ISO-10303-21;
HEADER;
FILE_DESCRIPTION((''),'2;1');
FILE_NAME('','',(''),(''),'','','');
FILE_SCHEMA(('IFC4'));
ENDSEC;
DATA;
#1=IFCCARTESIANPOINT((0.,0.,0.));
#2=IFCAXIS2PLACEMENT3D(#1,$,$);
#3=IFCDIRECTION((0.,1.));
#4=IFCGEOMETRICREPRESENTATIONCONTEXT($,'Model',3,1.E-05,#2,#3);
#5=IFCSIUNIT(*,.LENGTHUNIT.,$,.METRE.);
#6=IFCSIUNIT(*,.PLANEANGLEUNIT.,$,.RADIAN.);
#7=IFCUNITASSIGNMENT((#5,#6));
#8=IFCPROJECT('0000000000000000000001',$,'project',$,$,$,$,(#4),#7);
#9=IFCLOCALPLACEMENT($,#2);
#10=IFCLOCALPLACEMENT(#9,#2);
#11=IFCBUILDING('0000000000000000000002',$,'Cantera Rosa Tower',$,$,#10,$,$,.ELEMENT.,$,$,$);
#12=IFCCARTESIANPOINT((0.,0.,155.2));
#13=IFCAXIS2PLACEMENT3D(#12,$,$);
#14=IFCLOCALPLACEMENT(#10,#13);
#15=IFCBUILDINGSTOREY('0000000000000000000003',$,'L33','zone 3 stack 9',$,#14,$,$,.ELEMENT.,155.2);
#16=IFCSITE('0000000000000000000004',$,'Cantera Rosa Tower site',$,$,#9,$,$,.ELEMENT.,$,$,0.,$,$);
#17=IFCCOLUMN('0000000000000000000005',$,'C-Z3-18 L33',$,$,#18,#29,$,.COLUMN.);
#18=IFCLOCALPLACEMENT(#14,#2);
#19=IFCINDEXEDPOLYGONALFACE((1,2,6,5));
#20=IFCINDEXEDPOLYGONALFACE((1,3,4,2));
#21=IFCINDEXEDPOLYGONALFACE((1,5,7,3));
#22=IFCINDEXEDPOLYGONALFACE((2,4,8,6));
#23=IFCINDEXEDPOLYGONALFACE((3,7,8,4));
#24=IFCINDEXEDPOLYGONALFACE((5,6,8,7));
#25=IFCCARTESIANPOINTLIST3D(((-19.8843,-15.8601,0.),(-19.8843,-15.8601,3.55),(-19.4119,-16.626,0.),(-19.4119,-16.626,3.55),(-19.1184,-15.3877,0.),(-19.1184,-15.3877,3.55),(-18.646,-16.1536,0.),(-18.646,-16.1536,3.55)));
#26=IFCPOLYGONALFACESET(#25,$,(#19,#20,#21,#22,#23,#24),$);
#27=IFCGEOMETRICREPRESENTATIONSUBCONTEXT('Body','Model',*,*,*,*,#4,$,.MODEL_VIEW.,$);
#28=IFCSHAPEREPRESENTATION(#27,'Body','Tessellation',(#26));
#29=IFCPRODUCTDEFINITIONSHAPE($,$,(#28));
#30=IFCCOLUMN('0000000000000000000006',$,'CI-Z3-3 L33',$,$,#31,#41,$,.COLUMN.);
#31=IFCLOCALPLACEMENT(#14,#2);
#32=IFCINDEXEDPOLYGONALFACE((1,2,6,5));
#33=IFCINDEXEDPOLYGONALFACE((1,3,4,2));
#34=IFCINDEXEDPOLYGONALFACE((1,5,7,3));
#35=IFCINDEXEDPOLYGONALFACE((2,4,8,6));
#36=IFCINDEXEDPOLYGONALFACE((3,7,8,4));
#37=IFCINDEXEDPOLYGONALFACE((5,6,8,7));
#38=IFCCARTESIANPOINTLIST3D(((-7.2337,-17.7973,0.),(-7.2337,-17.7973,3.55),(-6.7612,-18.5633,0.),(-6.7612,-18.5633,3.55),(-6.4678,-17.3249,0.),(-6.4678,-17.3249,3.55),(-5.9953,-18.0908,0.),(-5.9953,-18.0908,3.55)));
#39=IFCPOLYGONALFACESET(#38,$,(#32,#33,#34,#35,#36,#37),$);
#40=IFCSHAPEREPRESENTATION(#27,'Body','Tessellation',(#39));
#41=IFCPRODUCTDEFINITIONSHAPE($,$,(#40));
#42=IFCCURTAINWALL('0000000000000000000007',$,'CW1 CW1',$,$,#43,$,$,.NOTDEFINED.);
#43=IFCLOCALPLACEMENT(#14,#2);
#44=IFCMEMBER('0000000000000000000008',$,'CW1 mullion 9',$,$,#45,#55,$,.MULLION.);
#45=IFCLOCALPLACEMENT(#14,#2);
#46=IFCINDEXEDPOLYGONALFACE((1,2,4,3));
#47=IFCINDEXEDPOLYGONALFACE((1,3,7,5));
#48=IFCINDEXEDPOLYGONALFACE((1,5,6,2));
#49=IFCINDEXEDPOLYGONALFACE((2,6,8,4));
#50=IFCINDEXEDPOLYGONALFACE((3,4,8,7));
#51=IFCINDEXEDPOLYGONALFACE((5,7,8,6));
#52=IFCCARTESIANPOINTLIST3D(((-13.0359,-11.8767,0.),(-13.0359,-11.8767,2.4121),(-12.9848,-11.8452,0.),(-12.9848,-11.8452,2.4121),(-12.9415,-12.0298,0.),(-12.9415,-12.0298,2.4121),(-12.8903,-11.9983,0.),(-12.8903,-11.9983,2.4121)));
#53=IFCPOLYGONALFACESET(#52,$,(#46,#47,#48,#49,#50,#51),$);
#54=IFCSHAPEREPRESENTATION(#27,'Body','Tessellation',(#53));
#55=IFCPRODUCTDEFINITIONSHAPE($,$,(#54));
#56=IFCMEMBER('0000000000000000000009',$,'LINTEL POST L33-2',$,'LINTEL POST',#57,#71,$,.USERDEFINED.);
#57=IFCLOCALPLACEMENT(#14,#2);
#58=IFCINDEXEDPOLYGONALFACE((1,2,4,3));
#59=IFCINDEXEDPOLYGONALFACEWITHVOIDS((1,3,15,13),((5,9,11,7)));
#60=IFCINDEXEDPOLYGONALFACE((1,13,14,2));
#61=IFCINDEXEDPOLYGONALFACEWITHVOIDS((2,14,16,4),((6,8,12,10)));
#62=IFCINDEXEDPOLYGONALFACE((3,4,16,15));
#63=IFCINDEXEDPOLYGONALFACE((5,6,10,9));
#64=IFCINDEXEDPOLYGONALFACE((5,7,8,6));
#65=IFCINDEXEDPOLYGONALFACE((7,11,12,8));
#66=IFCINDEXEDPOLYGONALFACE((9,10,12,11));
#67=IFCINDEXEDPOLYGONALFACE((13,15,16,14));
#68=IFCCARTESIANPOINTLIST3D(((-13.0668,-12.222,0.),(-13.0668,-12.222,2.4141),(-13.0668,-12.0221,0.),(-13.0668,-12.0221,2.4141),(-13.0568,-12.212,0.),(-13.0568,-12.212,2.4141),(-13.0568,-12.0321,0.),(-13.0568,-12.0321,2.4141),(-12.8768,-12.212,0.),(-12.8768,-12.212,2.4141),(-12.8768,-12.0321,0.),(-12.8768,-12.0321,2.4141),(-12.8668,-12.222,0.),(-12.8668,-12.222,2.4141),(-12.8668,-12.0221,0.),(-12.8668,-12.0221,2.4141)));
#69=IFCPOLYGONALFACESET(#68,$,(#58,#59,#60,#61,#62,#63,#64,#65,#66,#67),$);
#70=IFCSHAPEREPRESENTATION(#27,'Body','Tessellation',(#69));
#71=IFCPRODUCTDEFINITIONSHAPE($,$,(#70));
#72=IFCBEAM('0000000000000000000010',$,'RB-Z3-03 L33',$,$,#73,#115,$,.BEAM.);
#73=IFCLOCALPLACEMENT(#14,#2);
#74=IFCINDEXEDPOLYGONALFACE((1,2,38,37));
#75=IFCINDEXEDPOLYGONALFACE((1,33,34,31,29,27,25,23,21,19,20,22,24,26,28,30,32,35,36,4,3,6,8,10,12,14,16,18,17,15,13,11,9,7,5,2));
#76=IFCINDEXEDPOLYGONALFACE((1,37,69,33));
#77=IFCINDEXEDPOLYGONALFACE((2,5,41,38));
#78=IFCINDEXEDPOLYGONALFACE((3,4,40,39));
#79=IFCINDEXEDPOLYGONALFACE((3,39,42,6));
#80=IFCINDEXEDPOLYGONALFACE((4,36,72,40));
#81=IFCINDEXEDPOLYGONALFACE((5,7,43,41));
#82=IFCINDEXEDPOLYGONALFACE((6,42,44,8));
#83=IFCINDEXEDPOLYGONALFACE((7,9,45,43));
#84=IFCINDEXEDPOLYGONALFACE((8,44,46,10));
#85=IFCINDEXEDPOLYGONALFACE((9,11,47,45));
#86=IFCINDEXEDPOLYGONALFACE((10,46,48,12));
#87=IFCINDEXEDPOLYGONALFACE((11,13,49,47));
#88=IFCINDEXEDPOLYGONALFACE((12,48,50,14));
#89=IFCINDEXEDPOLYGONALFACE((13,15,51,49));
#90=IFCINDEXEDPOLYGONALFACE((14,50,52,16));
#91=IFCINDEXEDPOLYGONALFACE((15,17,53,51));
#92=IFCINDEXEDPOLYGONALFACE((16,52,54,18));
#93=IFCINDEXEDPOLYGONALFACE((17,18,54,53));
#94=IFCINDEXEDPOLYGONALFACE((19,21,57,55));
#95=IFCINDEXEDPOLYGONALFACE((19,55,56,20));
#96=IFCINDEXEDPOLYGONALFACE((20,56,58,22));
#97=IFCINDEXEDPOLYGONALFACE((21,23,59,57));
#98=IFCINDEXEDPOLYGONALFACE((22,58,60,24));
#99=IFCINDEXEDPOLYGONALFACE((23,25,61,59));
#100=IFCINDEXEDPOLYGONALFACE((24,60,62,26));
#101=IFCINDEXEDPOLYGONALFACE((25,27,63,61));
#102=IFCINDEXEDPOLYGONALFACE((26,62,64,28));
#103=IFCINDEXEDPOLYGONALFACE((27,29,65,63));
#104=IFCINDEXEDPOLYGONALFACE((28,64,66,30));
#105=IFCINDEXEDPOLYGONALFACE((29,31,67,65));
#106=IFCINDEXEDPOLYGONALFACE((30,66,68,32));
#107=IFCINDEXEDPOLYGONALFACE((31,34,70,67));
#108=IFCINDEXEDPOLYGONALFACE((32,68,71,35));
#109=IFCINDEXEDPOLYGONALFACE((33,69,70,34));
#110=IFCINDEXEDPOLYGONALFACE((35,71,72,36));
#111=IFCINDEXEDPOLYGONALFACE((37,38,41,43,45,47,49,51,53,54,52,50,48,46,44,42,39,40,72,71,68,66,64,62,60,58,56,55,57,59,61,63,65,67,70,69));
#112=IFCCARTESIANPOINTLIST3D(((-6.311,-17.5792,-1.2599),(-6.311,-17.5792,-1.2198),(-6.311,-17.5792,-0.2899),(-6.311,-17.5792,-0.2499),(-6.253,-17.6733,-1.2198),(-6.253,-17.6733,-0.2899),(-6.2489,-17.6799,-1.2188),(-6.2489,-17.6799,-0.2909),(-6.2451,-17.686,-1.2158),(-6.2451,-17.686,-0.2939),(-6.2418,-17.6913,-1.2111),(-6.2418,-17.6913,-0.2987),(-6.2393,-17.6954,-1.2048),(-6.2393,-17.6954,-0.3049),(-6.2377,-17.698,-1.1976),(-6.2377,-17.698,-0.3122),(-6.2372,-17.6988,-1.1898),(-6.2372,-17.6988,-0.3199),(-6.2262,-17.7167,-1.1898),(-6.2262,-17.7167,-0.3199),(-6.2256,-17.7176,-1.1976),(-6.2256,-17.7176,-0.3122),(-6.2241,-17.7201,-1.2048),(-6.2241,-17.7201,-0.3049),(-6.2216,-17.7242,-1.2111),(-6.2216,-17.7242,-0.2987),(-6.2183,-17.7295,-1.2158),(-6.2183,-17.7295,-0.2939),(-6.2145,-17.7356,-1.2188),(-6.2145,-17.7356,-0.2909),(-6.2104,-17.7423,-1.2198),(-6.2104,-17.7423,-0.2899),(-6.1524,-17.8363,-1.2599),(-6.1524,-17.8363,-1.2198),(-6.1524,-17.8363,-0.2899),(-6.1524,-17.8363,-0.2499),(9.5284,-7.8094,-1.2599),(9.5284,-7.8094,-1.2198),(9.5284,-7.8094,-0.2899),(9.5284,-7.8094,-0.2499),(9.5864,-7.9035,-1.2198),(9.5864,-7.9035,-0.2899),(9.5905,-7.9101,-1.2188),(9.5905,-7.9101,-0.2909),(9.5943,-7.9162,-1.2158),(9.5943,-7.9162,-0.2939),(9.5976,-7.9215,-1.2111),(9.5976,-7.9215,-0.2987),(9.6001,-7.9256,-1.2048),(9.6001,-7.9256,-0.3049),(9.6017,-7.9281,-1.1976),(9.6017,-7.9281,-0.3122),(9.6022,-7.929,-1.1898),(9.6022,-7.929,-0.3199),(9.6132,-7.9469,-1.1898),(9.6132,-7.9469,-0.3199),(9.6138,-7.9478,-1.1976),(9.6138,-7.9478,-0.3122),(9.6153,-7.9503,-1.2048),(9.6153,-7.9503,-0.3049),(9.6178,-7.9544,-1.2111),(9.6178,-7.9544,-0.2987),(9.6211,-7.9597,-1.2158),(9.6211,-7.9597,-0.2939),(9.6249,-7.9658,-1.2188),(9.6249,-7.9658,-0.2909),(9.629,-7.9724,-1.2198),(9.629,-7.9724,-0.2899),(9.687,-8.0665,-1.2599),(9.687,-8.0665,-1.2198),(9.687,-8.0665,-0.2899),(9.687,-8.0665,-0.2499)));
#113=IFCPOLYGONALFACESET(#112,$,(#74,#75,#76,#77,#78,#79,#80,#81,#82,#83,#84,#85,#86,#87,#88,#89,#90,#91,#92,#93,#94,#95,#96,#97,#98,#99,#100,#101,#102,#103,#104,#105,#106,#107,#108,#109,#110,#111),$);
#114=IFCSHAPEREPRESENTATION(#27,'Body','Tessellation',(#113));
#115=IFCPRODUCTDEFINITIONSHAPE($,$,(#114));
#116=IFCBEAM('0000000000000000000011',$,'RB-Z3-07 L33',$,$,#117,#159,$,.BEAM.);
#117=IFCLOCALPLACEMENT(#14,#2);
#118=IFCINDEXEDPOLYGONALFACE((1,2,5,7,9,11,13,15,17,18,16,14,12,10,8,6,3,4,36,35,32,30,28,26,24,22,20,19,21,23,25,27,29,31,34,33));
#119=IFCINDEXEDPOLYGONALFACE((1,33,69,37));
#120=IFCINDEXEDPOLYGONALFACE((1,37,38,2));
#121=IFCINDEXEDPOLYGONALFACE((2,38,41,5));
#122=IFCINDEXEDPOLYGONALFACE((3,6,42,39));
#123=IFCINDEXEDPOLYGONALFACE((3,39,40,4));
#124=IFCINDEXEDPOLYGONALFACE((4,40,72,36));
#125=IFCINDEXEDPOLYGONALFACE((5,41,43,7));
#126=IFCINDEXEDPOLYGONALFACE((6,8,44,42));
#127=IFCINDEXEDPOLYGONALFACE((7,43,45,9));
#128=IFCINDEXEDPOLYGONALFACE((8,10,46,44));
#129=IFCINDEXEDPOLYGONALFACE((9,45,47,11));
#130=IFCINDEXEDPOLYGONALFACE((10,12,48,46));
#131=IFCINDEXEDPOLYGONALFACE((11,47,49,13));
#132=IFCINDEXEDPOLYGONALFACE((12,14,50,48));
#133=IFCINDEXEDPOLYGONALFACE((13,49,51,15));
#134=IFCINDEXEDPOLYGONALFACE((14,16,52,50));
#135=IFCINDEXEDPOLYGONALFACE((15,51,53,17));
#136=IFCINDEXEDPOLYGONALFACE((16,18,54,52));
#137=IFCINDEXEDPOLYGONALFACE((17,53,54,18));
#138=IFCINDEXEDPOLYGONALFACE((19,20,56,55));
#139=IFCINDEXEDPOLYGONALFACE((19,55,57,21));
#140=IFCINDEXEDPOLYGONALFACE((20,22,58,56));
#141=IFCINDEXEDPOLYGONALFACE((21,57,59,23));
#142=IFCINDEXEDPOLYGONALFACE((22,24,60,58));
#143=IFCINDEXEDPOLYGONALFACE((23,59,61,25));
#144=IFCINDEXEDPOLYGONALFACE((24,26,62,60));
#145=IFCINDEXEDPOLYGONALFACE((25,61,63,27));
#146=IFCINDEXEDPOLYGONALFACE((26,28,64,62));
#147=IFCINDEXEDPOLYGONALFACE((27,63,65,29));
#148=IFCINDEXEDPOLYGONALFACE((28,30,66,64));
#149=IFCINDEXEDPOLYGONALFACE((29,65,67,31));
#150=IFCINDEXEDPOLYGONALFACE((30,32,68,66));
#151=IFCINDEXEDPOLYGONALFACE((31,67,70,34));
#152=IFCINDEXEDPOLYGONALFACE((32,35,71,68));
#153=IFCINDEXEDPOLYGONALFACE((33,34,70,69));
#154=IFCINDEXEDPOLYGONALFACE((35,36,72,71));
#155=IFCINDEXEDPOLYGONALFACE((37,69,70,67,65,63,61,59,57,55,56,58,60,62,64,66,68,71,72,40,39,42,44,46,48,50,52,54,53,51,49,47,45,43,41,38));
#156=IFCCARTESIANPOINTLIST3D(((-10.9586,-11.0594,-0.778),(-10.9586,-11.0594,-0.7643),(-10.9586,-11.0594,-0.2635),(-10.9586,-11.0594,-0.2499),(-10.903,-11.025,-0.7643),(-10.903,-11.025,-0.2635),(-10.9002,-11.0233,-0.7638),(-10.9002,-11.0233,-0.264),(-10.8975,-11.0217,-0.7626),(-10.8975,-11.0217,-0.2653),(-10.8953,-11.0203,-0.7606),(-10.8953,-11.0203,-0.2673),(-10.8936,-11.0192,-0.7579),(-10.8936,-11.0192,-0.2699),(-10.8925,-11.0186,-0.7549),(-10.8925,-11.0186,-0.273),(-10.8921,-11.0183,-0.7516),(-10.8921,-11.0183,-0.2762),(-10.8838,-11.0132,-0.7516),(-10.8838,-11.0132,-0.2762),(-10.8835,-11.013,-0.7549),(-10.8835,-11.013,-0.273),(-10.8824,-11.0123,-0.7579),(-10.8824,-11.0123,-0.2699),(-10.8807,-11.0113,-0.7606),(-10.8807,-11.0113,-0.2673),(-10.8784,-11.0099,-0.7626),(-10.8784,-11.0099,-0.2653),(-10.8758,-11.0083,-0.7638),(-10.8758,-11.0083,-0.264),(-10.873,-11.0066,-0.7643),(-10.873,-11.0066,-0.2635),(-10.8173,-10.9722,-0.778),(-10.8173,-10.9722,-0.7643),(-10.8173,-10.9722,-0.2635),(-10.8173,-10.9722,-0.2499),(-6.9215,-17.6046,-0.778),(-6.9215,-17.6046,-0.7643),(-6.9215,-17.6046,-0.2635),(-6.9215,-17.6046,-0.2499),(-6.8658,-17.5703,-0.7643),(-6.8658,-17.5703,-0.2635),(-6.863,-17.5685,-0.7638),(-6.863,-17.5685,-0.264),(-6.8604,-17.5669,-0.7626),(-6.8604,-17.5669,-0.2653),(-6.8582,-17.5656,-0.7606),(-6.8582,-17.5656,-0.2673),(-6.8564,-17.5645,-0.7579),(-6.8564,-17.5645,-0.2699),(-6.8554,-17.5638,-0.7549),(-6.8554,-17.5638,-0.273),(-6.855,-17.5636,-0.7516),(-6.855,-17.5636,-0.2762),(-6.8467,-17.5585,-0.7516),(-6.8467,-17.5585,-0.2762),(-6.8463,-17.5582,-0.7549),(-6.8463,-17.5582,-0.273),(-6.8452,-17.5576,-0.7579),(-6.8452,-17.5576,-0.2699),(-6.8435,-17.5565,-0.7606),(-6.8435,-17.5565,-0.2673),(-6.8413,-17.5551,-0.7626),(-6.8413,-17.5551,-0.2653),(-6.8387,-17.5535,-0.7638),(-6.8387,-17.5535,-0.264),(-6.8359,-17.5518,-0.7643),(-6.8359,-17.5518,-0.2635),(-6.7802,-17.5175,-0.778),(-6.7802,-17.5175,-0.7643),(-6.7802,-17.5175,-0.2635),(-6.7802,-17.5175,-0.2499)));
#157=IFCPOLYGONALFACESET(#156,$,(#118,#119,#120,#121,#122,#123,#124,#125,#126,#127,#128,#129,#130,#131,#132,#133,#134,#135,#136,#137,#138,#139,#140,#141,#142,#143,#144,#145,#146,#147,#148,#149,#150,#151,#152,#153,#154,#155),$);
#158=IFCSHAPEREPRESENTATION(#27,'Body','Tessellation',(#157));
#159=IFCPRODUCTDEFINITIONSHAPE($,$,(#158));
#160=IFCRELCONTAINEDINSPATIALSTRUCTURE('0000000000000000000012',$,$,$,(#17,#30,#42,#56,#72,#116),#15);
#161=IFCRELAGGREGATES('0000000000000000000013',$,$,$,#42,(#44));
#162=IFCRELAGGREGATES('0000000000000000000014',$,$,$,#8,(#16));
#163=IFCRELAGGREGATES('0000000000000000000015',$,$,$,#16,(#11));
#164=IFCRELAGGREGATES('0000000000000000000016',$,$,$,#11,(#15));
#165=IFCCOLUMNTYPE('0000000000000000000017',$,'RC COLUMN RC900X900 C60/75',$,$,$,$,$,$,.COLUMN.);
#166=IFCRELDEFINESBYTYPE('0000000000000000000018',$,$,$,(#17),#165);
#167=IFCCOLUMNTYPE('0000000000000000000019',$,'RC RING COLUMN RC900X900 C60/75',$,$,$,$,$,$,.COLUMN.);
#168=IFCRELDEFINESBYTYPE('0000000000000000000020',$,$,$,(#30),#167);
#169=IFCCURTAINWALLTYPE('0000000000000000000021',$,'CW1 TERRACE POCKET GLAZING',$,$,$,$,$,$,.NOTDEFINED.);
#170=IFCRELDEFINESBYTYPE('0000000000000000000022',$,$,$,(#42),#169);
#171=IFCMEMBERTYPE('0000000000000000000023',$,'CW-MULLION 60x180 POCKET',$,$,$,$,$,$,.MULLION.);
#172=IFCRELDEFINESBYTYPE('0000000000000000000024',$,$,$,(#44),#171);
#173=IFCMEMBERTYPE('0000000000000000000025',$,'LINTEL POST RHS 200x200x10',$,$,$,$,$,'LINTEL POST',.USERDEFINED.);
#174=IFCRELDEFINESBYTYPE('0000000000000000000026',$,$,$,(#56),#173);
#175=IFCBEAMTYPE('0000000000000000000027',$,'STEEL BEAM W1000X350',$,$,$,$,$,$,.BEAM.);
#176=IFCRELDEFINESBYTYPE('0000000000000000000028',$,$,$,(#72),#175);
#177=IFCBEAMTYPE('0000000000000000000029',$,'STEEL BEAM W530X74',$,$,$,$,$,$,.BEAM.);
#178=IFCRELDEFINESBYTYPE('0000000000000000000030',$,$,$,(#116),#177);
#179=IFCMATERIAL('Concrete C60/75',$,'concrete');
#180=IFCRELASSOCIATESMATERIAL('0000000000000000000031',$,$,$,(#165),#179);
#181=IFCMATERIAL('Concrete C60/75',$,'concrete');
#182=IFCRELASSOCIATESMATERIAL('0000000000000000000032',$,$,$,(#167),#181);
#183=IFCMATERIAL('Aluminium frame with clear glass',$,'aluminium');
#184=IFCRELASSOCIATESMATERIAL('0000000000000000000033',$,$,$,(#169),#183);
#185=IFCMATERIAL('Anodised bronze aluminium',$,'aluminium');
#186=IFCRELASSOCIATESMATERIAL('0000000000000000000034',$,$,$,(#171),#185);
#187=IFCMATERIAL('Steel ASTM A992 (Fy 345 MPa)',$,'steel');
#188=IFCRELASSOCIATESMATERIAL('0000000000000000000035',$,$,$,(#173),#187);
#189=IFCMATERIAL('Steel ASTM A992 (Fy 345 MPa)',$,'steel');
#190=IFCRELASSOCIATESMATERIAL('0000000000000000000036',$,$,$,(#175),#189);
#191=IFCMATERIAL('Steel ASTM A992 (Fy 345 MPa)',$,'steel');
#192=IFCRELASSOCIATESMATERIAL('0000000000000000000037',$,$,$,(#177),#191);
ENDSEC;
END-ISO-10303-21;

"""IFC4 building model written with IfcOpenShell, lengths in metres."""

from ifc_helpers import new_model, si_unit, direction, frame, origin, origin_2d, place, context, subcontext, project, spatial, rectangle, hollow_rectangle, i_section, extrude, material, material_profile, profile_set, type_object, element, aggregate, save


model = new_model("IFC4")

# Units and contexts
model_context = context("Model", 3, precision=1e-05, world=origin(), true_north=direction((0.0, 1.0)))
body_context = subcontext(model_context, "Body", "Model", "MODEL_VIEW")
ifc_project = project(units=[si_unit("LENGTHUNIT", "METRE"), si_unit("PLANEANGLEUNIT", "RADIAN")], contexts=[model_context])

# Site, building, storey
site_placement = place(None, origin())
site = spatial("IfcSite", under=ifc_project, at=site_placement, Name="Cantera Rosa Tower site", CompositionType="ELEMENT", RefElevation=0.0)
building_placement = place(site_placement, origin())
building = spatial("IfcBuilding", under=site, at=building_placement, Name="Cantera Rosa Tower", CompositionType="ELEMENT")
storey_placement = place(building_placement, frame((0.0, 0.0, 155.2)))
storey = spatial("IfcBuildingStorey", under=building, at=storey_placement, Name="L33", Description="zone 3 stack 9", CompositionType="ELEMENT", Elevation=155.2)

# Columns
ifc_material_1 = material(Name="Concrete C60/75", Category="concrete")
ifc_material_profile_1 = material_profile(ifc_material_1, rectangle(XDim=0.8999, YDim=0.8999, at=origin_2d()), Name="RC COLUMN RC900X900 C60/75")
ifc_profile_set_1 = profile_set([ifc_material_profile_1], Name="Concrete C60/75")
column_type_1 = type_object("IfcColumnType", Name="RC COLUMN RC900X900 C60/75", PredefinedType="COLUMN", material=ifc_profile_set_1)
column_1_placement = place(storey_placement, frame((-19.2651, -16.0068, 0.0), z_axis=(0.0, 0.0, 1.0), x_axis=(0.851117, 0.524977, 0.0)))
element("IfcColumn", 1, at=column_1_placement, inside=storey, type_object=column_type_1, Name="C-Z3-18 L33", PredefinedType="COLUMN", context=body_context, shape_type="SweptSolid", body=[
    extrude(rectangle(XDim=0.8999, YDim=0.8999, at=origin_2d()), origin(), (0.0, 0.0, 1.0), 3.55),
])
ifc_material_2 = material(Name="Concrete C60/75", Category="concrete")
ifc_material_profile_2 = material_profile(ifc_material_2, rectangle(XDim=0.8999, YDim=0.8999, at=origin_2d()), Name="RC RING COLUMN RC900X900 C60/75")
ifc_profile_set_2 = profile_set([ifc_material_profile_2], Name="Concrete C60/75")
column_type_2 = type_object("IfcColumnType", Name="RC RING COLUMN RC900X900 C60/75", PredefinedType="COLUMN", material=ifc_profile_set_2)
column_2_placement = place(storey_placement, frame((-6.6145, -17.9441, 0.0), z_axis=(0.0, 0.0, 1.0), x_axis=(0.851117, 0.524977, 0.0)))
element("IfcColumn", 2, at=column_2_placement, inside=storey, type_object=column_type_2, Name="CI-Z3-3 L33", PredefinedType="COLUMN", context=body_context, shape_type="SweptSolid", body=[
    extrude(rectangle(XDim=0.8999, YDim=0.8999, at=origin_2d()), origin(), (0.0, 0.0, 1.0), 3.55),
])

# Curtain wall, member
ifc_material_3 = material(Name="Aluminium frame with clear glass", Category="aluminium")
curtain_wall_type = type_object("IfcCurtainWallType", Name="CW1 TERRACE POCKET GLAZING", PredefinedType="NOTDEFINED", material=ifc_material_3)
curtain_wall_placement = place(storey_placement, origin())
curtain_wall = element("IfcCurtainWall", 3, at=curtain_wall_placement, inside=storey, type_object=curtain_wall_type, Name="CW1 CW1", PredefinedType="NOTDEFINED")
ifc_material_4 = material(Name="Anodised bronze aluminium", Category="aluminium")
ifc_material_profile_3 = material_profile(ifc_material_4, rectangle(XDim=0.0601, YDim=0.1799, at=origin_2d()), Name="CW-MULLION 60x180 POCKET")
ifc_profile_set_3 = profile_set([ifc_material_profile_3], Name="Anodised bronze aluminium")
member_type_1 = type_object("IfcMemberType", Name="CW-MULLION 60x180 POCKET", PredefinedType="MULLION", material=ifc_profile_set_3)
member_1_placement = place(storey_placement, frame((-12.9631, -11.9375, 0.0), z_axis=(0.0, 0.0, 1.0), x_axis=(0.851117, 0.524977, 0.0)))
member_1 = element("IfcMember", 4, at=member_1_placement, type_object=member_type_1, Name="CW1 mullion 9", PredefinedType="MULLION", context=body_context, shape_type="SweptSolid", body=[
    extrude(rectangle(XDim=0.0601, YDim=0.1799, at=origin_2d()), origin(), (0.0, 0.0, 1.0), 2.4121),
])
aggregate(curtain_wall, [member_1])

# Member
ifc_material_5 = material(Name="Steel ASTM A992 (Fy 345 MPa)", Category="steel")
ifc_material_profile_4 = material_profile(ifc_material_5, hollow_rectangle(XDim=0.2, YDim=0.2, WallThickness=0.01, at=origin_2d()), Name="LINTEL POST RHS 200x200x10")
ifc_profile_set_4 = profile_set([ifc_material_profile_4], Name="Steel ASTM A992 (Fy 345 MPa)")
member_type_2 = type_object("IfcMemberType", Name="LINTEL POST RHS 200x200x10", ElementType="LINTEL POST", PredefinedType="USERDEFINED", material=ifc_profile_set_4)
member_2_placement = place(storey_placement, frame((-12.9668, -12.1221, 0.0), z_axis=(0.0, 0.0, 1.0), x_axis=(1.0, 0.0, 0.0)))
element("IfcMember", 5, at=member_2_placement, inside=storey, type_object=member_type_2, Name="LINTEL POST L33-2", ObjectType="LINTEL POST", PredefinedType="USERDEFINED", context=body_context, shape_type="SweptSolid", body=[
    extrude(hollow_rectangle(XDim=0.2, YDim=0.2, WallThickness=0.01, at=origin_2d()), origin(), (0.0, 0.0, 1.0), 2.4141),
])

# Beams
ifc_material_6 = material(Name="Steel ASTM A992 (Fy 345 MPa)", Category="steel")
ifc_material_profile_5 = material_profile(ifc_material_6, i_section(OverallWidth=0.302, OverallDepth=1.01, WebThickness=0.021, FlangeThickness=0.04, FilletRadius=0.03, at=origin_2d()), Name="W1000X350")
ifc_profile_set_5 = profile_set([ifc_material_profile_5], Name="Steel ASTM A992 (Fy 345 MPa)")
beam_type_1 = type_object("IfcBeamType", Name="STEEL BEAM W1000X350", PredefinedType="BEAM", material=ifc_profile_set_5)
beam_1_placement = place(storey_placement, frame((-6.2317, -17.7078, -0.7549), z_axis=(0.851119, 0.524973, 0.0), x_axis=(-0.524973, 0.851119, 0.0)))
element("IfcBeam", 6, at=beam_1_placement, inside=storey, type_object=beam_type_1, Name="RB-Z3-03 L33", PredefinedType="BEAM", context=body_context, shape_type="SweptSolid", body=[
    extrude(i_section(OverallWidth=0.302, OverallDepth=1.01, WebThickness=0.021, FlangeThickness=0.04, FilletRadius=0.03, at=origin_2d()), origin(), (0.0, 0.0, 1.0), 18.6101),
])
ifc_material_7 = material(Name="Steel ASTM A992 (Fy 345 MPa)", Category="steel")
ifc_material_profile_6 = material_profile(ifc_material_7, i_section(OverallWidth=0.166, OverallDepth=0.5281, WebThickness=0.0098, FlangeThickness=0.0137, FilletRadius=0.0127, at=origin_2d()), Name="W530X74")
ifc_profile_set_6 = profile_set([ifc_material_profile_6], Name="Steel ASTM A992 (Fy 345 MPa)")
beam_type_2 = type_object("IfcBeamType", Name="STEEL BEAM W530X74", PredefinedType="BEAM", material=ifc_profile_set_6)
beam_2_placement = place(storey_placement, frame((-6.8508, -17.561, -0.5139), z_axis=(-0.524976, 0.851117, 0.0), x_axis=(-0.851117, -0.524976, 0.0)))
element("IfcBeam", 7, at=beam_2_placement, inside=storey, type_object=beam_type_2, Name="RB-Z3-07 L33", PredefinedType="BEAM", context=body_context, shape_type="SweptSolid", body=[
    extrude(i_section(OverallWidth=0.166, OverallDepth=0.5281, WebThickness=0.0098, FlangeThickness=0.0137, FilletRadius=0.0127, at=origin_2d()), origin(), (0.0, 0.0, 1.0), 7.6902),
])

save(model, "model.ifc")
